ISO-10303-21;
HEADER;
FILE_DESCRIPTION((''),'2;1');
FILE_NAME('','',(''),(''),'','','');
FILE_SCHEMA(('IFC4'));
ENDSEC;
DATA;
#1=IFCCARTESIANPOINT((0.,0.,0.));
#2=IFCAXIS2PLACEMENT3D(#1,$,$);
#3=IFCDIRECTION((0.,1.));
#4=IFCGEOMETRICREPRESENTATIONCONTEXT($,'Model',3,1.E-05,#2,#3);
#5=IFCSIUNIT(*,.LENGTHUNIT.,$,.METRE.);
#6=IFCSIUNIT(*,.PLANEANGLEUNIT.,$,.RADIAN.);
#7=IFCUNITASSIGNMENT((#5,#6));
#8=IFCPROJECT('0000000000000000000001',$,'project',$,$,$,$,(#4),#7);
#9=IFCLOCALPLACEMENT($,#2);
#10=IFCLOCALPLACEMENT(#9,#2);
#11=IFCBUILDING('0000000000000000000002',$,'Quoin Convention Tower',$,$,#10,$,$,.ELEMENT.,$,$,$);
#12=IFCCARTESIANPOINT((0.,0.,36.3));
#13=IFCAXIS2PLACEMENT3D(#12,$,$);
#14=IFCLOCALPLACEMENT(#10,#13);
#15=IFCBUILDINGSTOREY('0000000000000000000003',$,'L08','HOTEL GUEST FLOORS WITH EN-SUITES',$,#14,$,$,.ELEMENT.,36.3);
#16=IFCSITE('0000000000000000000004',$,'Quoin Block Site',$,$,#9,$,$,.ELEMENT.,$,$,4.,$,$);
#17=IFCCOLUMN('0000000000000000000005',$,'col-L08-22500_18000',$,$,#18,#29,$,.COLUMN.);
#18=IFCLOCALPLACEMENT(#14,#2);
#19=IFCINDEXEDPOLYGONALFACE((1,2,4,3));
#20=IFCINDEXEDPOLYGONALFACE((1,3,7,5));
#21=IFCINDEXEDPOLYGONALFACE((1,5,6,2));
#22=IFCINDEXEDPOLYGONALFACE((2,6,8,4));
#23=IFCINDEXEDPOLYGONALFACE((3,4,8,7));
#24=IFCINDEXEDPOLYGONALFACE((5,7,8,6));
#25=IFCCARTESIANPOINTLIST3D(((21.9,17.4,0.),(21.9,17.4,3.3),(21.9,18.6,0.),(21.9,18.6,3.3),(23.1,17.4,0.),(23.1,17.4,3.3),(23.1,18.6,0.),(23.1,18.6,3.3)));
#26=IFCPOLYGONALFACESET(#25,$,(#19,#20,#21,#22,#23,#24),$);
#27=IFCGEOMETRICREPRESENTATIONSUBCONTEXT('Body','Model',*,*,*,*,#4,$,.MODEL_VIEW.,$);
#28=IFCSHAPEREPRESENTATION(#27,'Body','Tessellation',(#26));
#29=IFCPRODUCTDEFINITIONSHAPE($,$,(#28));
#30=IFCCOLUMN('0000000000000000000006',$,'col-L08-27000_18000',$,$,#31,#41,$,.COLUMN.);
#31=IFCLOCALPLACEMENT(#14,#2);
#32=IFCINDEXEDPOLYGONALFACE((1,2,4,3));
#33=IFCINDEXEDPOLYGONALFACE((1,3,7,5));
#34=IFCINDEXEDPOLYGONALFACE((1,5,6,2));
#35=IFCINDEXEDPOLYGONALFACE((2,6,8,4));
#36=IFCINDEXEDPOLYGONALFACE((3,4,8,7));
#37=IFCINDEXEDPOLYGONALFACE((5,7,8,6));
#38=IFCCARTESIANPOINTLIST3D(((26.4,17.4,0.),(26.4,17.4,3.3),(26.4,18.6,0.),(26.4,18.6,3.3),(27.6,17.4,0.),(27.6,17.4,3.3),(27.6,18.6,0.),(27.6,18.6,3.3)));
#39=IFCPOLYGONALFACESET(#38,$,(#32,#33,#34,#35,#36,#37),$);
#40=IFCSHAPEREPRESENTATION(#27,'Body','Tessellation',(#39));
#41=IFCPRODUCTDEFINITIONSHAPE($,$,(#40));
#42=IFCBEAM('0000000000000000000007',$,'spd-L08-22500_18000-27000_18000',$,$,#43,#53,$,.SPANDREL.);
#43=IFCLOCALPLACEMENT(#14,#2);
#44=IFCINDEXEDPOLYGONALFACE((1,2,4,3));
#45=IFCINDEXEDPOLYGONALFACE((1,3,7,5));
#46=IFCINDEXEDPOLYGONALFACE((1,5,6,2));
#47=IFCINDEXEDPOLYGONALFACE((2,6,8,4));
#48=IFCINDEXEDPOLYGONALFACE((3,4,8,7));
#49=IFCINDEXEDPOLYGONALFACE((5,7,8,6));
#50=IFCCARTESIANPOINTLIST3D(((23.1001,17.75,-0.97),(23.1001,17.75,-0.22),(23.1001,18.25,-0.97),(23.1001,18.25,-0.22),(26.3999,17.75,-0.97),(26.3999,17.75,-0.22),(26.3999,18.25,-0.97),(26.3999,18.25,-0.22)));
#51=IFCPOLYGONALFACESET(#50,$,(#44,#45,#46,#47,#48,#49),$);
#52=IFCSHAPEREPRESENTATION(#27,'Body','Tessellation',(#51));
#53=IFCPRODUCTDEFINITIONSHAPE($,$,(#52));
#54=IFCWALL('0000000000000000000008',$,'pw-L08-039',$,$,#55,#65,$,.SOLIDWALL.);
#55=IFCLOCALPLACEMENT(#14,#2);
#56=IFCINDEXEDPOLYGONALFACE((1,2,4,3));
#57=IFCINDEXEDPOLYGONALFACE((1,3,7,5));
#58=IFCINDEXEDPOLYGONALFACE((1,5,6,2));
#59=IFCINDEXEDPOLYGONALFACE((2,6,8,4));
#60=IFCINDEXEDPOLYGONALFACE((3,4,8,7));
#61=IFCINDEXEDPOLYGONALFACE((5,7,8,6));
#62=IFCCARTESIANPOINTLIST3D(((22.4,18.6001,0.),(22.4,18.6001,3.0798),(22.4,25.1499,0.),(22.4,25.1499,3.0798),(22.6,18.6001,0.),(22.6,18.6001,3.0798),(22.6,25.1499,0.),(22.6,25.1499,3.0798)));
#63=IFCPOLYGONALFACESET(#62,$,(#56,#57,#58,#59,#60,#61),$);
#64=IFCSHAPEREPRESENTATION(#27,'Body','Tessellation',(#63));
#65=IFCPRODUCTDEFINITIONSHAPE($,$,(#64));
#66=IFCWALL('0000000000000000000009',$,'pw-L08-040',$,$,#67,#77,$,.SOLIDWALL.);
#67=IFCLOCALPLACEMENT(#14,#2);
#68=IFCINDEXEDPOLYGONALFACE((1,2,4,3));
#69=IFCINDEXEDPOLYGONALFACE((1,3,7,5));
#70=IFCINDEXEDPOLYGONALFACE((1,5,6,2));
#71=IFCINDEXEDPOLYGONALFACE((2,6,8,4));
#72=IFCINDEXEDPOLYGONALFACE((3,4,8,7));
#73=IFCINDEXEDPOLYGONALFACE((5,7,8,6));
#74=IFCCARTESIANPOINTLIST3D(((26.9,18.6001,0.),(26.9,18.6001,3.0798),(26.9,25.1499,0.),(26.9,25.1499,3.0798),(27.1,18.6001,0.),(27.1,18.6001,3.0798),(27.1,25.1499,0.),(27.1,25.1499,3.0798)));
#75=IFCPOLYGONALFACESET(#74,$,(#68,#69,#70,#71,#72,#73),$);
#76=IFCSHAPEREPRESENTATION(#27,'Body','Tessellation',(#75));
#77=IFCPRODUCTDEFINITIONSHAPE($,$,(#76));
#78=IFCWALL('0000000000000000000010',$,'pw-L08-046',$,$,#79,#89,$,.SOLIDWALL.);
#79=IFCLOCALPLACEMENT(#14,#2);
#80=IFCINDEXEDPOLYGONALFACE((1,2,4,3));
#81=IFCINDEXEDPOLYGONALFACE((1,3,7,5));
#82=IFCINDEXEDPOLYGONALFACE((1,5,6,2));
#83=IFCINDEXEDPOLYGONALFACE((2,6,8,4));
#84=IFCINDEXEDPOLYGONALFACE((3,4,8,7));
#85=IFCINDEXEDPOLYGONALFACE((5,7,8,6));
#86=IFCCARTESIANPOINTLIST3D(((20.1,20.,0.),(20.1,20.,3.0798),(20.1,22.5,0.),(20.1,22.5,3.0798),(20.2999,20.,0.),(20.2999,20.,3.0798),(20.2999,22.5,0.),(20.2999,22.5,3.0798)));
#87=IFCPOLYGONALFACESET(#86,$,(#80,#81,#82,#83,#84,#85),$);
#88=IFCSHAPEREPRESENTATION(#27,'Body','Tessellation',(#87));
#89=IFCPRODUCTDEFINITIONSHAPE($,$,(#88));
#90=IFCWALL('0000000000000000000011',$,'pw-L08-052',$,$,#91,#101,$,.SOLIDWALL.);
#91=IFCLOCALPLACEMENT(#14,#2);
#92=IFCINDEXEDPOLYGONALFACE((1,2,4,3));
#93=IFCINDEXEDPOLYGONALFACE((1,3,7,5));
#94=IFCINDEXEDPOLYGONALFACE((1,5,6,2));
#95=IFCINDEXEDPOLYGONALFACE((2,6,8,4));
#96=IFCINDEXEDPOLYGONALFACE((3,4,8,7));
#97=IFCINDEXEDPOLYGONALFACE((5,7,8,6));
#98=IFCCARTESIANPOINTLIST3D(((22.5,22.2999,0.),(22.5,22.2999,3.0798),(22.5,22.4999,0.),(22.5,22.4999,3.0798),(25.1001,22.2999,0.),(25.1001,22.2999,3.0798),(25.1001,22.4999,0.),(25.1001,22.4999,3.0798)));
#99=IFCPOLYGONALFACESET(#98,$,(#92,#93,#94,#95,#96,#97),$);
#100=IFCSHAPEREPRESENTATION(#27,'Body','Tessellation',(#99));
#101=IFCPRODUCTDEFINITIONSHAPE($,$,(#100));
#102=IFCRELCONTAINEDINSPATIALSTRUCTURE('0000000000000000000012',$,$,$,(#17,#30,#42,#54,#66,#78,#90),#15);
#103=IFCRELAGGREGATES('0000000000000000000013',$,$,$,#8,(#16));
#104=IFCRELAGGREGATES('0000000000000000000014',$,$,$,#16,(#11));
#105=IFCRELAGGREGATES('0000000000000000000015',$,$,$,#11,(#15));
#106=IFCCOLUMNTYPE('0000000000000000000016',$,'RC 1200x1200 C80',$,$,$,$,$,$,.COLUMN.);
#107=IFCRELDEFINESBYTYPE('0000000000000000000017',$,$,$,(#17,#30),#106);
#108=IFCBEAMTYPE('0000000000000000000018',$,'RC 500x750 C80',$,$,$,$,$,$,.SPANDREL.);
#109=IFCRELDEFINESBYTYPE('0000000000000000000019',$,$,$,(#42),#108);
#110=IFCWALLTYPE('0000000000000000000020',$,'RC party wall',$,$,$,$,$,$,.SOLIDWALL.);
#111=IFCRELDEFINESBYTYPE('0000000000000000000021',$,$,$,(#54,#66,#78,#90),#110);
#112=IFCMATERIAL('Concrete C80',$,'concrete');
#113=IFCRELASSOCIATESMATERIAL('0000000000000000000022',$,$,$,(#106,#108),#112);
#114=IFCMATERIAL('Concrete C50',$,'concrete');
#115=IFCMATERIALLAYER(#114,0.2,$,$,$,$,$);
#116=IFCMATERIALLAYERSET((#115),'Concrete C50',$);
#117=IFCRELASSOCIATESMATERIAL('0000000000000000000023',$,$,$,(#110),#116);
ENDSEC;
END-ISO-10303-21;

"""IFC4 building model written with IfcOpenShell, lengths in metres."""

from ifc_helpers import new_model, si_unit, direction, frame, frame_2d, origin, origin_2d, place, context, subcontext, project, spatial, rectangle, extrude, material, layer, layer_set, material_profile, profile_set, type_object, element, save


model = new_model("IFC4")

# Units and contexts
model_context = context("Model", 3, precision=1e-05, world=origin(), true_north=direction((0.0, 1.0)))
body_context = subcontext(model_context, "Body", "Model", "MODEL_VIEW")
ifc_project = project(units=[si_unit("LENGTHUNIT", "METRE"), si_unit("PLANEANGLEUNIT", "RADIAN")], contexts=[model_context])

# Site, building, storey
site_placement = place(None, origin())
site = spatial("IfcSite", under=ifc_project, at=site_placement, Name="Quoin Block Site", CompositionType="ELEMENT", RefElevation=4.0)
building_placement = place(site_placement, origin())
building = spatial("IfcBuilding", under=site, at=building_placement, Name="Quoin Convention Tower", CompositionType="ELEMENT")
storey_placement = place(building_placement, frame((0.0, 0.0, 36.3)))
storey = spatial("IfcBuildingStorey", under=building, at=storey_placement, Name="L08", Description="HOTEL GUEST FLOORS WITH EN-SUITES", CompositionType="ELEMENT", Elevation=36.3)

# Columns
ifc_material_1 = material(Name="Concrete C80", Category="concrete")
ifc_material_profile_1 = material_profile(ifc_material_1, rectangle(XDim=1.2, YDim=1.2, at=origin_2d()), Name="RC 1200x1200")
ifc_profile_set_1 = profile_set([ifc_material_profile_1], Name="Concrete C80")
column_type = type_object("IfcColumnType", Name="RC 1200x1200 C80", PredefinedType="COLUMN", material=ifc_profile_set_1)
for number, where, z_axis, x_axis, name in (
    (1, (22.5, 18.0, 0.0), (0.0, 0.0, 1.0), (1.0, 0.0, 0.0), "col-L08-22500_18000"),
    (2, (27.0, 18.0, 0.0), (0.0, 0.0, 1.0), (1.0, 0.0, 0.0), "col-L08-27000_18000"),
):
    element("IfcColumn", number, at=place(storey_placement, frame(where, z_axis=z_axis, x_axis=x_axis)), inside=storey, type_object=column_type, Name=name, PredefinedType="COLUMN", context=body_context, shape_type="SweptSolid", body=[
        extrude(rectangle(XDim=1.2, YDim=1.2, at=origin_2d()), origin(), (0.0, 0.0, 1.0), 3.3),
    ])

# Beam
ifc_material_profile_2 = material_profile(ifc_material_1, rectangle(XDim=0.5, YDim=0.75, at=origin_2d()), Name="RC 500x750")
ifc_profile_set_2 = profile_set([ifc_material_profile_2], Name="Concrete C80")
beam_type = type_object("IfcBeamType", Name="RC 500x750 C80", PredefinedType="SPANDREL", material=ifc_profile_set_2)
beam_placement = place(storey_placement, frame((23.1001, 18.0, -0.595), z_axis=(1.0, 0.0, 0.0), x_axis=(0.0, 1.0, 0.0)))
element("IfcBeam", 3, at=beam_placement, inside=storey, type_object=beam_type, Name="spd-L08-22500_18000-27000_18000", PredefinedType="SPANDREL", context=body_context, shape_type="SweptSolid", body=[
    extrude(rectangle(XDim=0.5, YDim=0.75, at=origin_2d()), origin(), (0.0, 0.0, 1.0), 3.2998),
])

# Walls
ifc_material_2 = material(Name="Concrete C50", Category="concrete")
ifc_layer = layer(ifc_material_2, 0.2)
ifc_layer_set = layer_set([ifc_layer], Name="Concrete C50")
wall_type = type_object("IfcWallType", Name="RC party wall", PredefinedType="SOLIDWALL", material=ifc_layer_set)
for number, where, z_axis, x_axis, name in (
    (4, (22.5, 18.6001, 0.0), (0.0, 0.0, 1.0), (0.0, 1.0, 0.0), "pw-L08-039"),
    (5, (27.0, 18.6001, 0.0), (0.0, 0.0, 1.0), (0.0, 1.0, 0.0), "pw-L08-040"),
):
    element("IfcWall", number, at=place(storey_placement, frame(where, z_axis=z_axis, x_axis=x_axis)), inside=storey, type_object=wall_type, Name=name, PredefinedType="SOLIDWALL", context=body_context, shape_type="SweptSolid", body=[
        extrude(rectangle(XDim=6.5498, YDim=0.2, at=frame_2d((3.2749, 0.0))), origin(), (0.0, 0.0, 1.0), 3.0798),
    ])
wall_1_placement = place(storey_placement, frame((20.2, 20.0, 0.0), z_axis=(0.0, 0.0, 1.0), x_axis=(0.0, 1.0, 0.0)))
element("IfcWall", 6, at=wall_1_placement, inside=storey, type_object=wall_type, Name="pw-L08-046", PredefinedType="SOLIDWALL", context=body_context, shape_type="SweptSolid", body=[
    extrude(rectangle(XDim=2.5, YDim=0.2, at=frame_2d((1.25, 0.0))), origin(), (0.0, 0.0, 1.0), 3.0798),
])
wall_2_placement = place(storey_placement, frame((22.5, 22.3999, 0.0), z_axis=(0.0, 0.0, 1.0), x_axis=(1.0, 0.0, 0.0)))
element("IfcWall", 7, at=wall_2_placement, inside=storey, type_object=wall_type, Name="pw-L08-052", PredefinedType="SOLIDWALL", context=body_context, shape_type="SweptSolid", body=[
    extrude(rectangle(XDim=2.6001, YDim=0.2, at=frame_2d((1.3, 0.0))), origin(), (0.0, 0.0, 1.0), 3.0798),
])

save(model, "model.ifc")
